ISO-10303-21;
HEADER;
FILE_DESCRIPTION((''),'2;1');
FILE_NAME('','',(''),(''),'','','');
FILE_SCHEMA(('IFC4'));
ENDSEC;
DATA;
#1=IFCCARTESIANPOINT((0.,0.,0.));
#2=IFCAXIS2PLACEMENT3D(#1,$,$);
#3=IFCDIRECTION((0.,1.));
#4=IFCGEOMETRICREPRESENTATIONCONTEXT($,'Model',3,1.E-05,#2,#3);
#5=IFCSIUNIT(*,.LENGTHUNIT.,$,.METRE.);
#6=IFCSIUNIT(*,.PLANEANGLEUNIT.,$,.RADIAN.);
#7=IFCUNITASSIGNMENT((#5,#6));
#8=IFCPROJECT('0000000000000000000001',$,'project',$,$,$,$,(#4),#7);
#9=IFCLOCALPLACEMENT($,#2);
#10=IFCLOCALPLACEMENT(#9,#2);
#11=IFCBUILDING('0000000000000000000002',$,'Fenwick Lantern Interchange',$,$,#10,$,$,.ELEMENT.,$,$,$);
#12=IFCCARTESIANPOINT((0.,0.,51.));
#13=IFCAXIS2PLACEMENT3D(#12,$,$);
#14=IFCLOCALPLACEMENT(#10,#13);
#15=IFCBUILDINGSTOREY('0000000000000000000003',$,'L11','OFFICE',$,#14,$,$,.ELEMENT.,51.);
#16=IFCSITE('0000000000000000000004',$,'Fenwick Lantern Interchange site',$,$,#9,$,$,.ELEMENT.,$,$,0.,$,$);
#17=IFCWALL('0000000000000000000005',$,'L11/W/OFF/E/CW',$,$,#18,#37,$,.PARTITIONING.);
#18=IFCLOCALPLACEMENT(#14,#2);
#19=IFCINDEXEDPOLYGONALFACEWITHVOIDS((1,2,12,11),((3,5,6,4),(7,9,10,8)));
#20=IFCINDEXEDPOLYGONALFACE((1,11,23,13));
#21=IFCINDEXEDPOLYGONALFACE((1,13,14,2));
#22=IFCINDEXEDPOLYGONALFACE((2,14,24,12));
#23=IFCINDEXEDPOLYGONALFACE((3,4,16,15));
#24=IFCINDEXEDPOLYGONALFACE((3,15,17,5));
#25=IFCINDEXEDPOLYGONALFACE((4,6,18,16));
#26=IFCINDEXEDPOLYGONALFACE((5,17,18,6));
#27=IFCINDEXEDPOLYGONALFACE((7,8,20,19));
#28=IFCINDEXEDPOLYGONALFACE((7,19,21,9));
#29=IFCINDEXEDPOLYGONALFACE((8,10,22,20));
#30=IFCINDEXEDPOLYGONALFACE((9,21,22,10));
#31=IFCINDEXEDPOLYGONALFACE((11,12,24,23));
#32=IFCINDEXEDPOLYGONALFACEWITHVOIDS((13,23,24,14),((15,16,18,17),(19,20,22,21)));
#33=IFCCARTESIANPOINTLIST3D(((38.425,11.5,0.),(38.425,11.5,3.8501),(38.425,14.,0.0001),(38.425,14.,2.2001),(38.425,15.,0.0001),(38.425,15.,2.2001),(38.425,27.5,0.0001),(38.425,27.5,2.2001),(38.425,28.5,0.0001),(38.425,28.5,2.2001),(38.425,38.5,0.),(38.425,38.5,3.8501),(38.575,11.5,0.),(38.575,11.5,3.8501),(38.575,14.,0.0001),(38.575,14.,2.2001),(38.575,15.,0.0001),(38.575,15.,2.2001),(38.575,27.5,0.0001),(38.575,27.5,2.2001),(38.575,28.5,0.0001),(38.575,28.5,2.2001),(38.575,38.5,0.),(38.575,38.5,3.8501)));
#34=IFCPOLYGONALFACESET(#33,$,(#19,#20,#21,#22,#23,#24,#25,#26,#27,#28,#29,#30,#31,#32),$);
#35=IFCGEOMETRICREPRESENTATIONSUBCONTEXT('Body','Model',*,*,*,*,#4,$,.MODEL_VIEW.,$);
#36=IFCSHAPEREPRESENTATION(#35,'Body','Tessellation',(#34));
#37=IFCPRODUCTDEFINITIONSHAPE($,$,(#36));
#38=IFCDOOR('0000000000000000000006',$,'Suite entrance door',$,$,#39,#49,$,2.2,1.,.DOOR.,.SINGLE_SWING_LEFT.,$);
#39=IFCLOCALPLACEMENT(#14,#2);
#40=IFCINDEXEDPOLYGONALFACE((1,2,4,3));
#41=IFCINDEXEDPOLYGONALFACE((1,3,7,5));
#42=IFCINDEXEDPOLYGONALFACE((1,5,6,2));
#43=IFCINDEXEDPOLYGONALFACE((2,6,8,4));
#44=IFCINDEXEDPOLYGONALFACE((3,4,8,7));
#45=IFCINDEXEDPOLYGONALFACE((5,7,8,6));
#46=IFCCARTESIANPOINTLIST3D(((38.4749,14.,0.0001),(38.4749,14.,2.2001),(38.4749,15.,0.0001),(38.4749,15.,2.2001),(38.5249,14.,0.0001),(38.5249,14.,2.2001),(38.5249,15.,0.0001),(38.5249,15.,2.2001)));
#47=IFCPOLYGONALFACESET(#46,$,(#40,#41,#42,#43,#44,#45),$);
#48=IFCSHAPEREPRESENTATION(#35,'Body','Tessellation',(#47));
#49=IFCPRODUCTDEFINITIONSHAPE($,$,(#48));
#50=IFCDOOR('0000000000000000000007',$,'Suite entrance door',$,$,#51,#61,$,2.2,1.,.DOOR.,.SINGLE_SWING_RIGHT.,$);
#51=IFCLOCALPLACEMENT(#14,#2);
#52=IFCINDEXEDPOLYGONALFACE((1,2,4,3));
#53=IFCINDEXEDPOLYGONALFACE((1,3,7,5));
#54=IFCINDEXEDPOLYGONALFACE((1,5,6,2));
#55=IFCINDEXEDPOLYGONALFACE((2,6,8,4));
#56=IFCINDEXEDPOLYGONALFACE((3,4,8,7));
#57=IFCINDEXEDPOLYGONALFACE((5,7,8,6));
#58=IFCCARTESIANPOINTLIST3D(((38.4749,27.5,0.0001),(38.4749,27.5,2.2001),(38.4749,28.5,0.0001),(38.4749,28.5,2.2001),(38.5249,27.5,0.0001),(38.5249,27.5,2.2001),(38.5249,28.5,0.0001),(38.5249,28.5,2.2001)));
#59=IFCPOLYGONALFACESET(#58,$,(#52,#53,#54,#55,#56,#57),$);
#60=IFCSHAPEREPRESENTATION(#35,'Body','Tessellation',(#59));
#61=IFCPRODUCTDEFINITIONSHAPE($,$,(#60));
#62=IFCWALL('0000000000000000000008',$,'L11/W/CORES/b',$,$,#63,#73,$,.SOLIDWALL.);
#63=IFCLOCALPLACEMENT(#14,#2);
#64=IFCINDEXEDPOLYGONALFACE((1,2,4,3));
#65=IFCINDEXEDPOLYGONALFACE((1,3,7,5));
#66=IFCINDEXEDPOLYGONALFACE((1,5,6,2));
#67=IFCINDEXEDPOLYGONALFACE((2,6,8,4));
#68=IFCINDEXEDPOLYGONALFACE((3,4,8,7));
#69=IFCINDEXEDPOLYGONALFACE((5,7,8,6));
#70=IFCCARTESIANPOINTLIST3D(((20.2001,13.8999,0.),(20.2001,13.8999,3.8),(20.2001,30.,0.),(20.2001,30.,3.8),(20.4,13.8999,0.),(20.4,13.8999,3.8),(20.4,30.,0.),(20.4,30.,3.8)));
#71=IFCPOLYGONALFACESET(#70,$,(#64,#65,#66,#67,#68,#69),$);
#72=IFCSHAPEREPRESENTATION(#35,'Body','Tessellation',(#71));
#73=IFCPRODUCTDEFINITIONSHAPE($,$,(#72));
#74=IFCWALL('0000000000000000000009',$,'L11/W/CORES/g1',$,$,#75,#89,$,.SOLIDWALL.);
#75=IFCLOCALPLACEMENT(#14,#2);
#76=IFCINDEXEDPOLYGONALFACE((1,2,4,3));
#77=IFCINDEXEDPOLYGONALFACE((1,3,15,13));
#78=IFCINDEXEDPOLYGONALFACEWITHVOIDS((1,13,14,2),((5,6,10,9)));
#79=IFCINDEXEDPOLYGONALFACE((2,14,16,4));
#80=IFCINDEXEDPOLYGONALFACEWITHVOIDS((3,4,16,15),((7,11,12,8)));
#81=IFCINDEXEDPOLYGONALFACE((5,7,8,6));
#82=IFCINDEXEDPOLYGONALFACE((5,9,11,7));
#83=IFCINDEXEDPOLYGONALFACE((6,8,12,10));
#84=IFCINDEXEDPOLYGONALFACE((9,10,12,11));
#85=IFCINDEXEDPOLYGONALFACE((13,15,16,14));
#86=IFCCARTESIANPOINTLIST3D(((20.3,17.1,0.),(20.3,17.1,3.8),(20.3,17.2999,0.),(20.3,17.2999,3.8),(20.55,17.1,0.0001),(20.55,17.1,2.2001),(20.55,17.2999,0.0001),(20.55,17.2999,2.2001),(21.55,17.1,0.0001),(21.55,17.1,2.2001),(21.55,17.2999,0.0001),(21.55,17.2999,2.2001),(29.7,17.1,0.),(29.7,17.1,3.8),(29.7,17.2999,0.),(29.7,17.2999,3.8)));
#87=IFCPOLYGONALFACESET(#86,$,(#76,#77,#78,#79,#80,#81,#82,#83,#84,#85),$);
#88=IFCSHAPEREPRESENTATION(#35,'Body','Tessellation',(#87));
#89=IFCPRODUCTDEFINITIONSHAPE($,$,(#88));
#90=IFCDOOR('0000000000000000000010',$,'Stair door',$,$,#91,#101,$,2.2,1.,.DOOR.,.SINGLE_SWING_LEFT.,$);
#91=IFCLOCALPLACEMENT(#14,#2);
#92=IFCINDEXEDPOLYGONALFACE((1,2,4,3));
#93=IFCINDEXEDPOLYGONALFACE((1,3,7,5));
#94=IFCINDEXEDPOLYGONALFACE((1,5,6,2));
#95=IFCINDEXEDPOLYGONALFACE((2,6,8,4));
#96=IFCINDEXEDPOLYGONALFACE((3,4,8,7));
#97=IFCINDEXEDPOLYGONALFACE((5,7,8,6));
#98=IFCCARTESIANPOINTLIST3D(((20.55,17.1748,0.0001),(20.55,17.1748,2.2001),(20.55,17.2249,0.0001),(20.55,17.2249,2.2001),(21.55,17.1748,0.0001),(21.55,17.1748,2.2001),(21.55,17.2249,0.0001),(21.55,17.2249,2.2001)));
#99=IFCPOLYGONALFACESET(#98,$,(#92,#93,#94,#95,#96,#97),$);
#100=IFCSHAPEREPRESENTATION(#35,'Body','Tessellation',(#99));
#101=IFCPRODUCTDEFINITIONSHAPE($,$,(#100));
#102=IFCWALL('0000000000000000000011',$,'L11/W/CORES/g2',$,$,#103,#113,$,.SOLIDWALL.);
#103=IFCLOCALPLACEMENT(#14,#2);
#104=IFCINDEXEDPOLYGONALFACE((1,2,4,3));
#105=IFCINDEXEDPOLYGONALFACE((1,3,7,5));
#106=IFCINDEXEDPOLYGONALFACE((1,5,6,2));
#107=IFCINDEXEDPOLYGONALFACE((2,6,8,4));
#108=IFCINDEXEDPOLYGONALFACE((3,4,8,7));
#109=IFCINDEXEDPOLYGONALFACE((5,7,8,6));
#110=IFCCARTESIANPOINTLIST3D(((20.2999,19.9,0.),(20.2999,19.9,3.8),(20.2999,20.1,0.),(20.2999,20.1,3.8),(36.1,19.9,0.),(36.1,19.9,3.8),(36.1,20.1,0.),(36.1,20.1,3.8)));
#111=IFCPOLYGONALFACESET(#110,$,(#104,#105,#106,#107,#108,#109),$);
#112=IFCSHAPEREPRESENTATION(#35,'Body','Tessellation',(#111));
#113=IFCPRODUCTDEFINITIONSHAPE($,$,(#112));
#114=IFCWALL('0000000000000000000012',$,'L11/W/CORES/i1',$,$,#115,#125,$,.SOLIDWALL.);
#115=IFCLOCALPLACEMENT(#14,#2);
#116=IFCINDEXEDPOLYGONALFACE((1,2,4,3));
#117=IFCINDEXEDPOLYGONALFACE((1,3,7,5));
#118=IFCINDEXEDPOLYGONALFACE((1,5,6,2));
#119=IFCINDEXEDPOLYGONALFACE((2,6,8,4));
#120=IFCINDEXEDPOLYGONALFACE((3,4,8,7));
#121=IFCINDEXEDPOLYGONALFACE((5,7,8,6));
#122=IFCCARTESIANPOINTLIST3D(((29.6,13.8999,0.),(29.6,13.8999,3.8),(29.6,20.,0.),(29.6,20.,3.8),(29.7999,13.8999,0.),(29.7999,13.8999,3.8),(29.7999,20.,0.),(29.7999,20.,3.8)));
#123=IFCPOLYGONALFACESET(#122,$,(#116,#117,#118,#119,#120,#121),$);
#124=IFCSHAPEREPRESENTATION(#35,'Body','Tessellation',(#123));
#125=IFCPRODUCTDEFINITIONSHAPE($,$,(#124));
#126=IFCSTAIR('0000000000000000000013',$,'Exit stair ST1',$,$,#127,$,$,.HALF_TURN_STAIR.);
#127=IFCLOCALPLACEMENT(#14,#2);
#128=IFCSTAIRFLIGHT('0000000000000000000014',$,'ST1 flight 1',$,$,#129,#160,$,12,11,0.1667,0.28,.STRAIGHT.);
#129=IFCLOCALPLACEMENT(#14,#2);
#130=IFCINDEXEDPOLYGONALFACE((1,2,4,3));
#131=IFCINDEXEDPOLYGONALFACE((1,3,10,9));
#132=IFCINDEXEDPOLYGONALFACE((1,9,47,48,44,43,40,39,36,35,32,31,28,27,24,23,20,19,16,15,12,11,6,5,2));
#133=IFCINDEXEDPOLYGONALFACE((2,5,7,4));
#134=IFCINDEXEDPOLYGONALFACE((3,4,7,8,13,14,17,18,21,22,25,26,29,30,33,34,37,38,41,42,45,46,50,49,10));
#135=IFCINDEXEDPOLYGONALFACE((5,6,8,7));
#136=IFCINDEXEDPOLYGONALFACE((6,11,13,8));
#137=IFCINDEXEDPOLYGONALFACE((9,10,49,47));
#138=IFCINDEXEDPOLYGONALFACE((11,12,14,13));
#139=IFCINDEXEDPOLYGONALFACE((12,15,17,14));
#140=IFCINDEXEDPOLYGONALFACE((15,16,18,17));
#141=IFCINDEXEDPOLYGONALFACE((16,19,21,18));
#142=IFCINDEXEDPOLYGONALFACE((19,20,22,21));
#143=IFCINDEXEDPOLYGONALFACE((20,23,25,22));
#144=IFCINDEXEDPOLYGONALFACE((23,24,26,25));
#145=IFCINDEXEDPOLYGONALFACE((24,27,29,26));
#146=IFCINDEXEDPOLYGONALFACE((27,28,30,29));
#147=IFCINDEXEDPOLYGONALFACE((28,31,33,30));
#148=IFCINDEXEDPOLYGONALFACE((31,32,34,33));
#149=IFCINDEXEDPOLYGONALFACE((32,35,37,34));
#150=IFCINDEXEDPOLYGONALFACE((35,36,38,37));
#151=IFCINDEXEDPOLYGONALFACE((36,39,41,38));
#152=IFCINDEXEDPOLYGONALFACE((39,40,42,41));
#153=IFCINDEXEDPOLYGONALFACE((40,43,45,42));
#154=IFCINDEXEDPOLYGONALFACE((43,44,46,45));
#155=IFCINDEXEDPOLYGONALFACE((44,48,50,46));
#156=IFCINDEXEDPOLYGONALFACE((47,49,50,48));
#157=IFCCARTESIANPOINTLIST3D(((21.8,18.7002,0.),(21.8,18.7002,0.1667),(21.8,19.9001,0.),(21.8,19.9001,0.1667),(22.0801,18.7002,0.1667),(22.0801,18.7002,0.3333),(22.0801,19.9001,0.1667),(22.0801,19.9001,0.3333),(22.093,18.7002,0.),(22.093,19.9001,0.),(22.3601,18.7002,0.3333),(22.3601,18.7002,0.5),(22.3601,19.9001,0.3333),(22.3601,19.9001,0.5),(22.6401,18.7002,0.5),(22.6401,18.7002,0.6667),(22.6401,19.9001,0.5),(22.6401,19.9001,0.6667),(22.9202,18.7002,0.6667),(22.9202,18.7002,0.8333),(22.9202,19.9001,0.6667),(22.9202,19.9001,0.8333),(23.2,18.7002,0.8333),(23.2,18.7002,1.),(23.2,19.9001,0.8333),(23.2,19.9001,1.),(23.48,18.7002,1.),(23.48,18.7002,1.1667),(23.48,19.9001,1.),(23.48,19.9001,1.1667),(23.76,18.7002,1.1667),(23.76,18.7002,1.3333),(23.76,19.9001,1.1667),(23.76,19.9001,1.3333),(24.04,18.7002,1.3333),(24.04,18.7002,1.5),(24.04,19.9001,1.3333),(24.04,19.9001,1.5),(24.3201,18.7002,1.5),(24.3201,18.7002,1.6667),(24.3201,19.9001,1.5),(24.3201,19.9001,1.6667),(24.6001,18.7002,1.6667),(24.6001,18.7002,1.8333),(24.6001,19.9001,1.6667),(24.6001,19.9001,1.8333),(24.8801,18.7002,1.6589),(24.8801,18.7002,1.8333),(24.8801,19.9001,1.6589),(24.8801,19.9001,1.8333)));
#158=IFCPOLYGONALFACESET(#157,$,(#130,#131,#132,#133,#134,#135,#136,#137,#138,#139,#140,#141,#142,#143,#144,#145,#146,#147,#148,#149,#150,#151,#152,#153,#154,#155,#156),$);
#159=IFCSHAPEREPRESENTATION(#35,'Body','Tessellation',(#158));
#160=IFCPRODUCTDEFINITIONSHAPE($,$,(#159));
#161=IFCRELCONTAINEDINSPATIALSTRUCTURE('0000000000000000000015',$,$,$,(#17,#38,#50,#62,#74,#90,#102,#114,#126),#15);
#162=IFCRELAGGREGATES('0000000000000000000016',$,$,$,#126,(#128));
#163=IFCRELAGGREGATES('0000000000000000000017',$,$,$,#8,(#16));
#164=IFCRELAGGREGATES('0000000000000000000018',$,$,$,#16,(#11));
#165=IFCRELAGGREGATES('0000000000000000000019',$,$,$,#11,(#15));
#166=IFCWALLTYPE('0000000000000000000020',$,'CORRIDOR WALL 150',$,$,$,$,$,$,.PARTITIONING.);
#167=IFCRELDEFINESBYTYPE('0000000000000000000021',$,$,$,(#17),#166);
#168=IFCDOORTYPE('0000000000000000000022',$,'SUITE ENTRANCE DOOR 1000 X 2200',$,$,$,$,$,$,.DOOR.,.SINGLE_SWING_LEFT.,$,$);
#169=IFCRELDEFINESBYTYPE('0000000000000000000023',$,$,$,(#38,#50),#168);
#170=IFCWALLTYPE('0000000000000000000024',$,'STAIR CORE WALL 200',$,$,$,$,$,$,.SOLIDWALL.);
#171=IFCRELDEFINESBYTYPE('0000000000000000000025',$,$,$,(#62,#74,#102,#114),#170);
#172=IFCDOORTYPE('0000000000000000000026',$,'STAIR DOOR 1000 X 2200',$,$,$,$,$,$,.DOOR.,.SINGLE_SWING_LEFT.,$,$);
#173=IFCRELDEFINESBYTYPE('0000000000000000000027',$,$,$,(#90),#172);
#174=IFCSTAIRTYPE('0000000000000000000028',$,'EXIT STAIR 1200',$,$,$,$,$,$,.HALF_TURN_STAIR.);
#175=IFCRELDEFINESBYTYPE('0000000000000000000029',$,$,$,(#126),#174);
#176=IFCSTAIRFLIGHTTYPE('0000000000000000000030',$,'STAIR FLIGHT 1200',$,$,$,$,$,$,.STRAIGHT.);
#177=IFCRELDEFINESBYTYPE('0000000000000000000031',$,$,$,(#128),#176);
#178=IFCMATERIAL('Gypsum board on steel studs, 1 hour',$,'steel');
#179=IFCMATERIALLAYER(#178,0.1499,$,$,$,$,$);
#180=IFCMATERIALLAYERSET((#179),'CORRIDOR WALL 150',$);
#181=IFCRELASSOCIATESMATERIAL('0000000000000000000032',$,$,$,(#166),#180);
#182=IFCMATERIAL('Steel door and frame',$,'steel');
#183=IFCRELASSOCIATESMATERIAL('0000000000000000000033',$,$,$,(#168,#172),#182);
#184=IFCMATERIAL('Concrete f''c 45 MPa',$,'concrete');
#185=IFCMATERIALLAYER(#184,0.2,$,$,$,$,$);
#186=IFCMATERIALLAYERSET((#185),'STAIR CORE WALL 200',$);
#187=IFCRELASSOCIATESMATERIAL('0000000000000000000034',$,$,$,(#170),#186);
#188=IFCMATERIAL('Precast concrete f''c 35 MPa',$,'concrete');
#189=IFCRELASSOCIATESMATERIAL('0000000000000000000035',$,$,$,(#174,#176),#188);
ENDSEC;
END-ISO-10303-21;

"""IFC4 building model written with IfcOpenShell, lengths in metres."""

from ifc_helpers import new_model, si_unit, direction, frame, frame_2d, origin, place, context, subcontext, project, spatial, polyline, rectangle, outline, extrude, material, layer, layer_set, type_object, element, fill, aggregate, save


model = new_model("IFC4")

# Units and contexts
model_context = context("Model", 3, precision=1e-05, world=origin(), true_north=direction((0.0, 1.0)))
body_context = subcontext(model_context, "Body", "Model", "MODEL_VIEW")
ifc_project = project(units=[si_unit("LENGTHUNIT", "METRE"), si_unit("PLANEANGLEUNIT", "RADIAN")], contexts=[model_context])

# Site, building, storey
site_placement = place(None, origin())
site = spatial("IfcSite", under=ifc_project, at=site_placement, Name="Fenwick Lantern Interchange site", CompositionType="ELEMENT", RefElevation=0.0)
building_placement = place(site_placement, origin())
building = spatial("IfcBuilding", under=site, at=building_placement, Name="Fenwick Lantern Interchange", CompositionType="ELEMENT")
storey_placement = place(building_placement, frame((0.0, 0.0, 51.0)))
storey = spatial("IfcBuildingStorey", under=building, at=storey_placement, Name="L11", Description="OFFICE", CompositionType="ELEMENT", Elevation=51.0)

# Shared definitions
ifc_material_1 = material(Name="Steel door and frame", Category="steel")

# Wall, openings, doors
ifc_material_2 = material(Name="Gypsum board on steel studs, 1 hour", Category="steel")
ifc_layer_1 = layer(ifc_material_2, 0.1499)
ifc_layer_set_1 = layer_set([ifc_layer_1], Name="CORRIDOR WALL 150")
wall_type_1 = type_object("IfcWallType", Name="CORRIDOR WALL 150", PredefinedType="PARTITIONING", material=ifc_layer_set_1)
wall_1_placement = place(storey_placement, frame((38.5, 11.5, 0.0), z_axis=(0.0, 0.0, 1.0), x_axis=(0.0, 1.0, 0.0)))
wall_1 = element("IfcWall", 1, at=wall_1_placement, inside=storey, type_object=wall_type_1, Name="L11/W/OFF/E/CW", PredefinedType="PARTITIONING", context=body_context, shape_type="SweptSolid", body=[
    extrude(rectangle(XDim=27.0, YDim=0.1499, at=frame_2d((13.5, 0.0))), origin(), (0.0, 0.0, 1.0), 3.8501),
])
opening_1_placement = place(wall_1_placement, frame((2.5, 0.0, 0.0)))
opening_1 = element("IfcOpeningElement", 2, at=opening_1_placement, cuts=wall_1, PredefinedType="OPENING", context=body_context, shape_type="SweptSolid", body=[
    extrude(rectangle(XDim=1.0, YDim=2.2, at=frame_2d((0.5, 1.1001))), frame((0.0, 0.085, 0.0), z_axis=(0.0, -1.0, 0.0), x_axis=(1.0, 0.0, 0.0)), (0.0, 0.0, 1.0), 0.1699),
])
opening_2_placement = place(wall_1_placement, frame((16.0, 0.0, 0.0)))
opening_2 = element("IfcOpeningElement", 3, at=opening_2_placement, cuts=wall_1, PredefinedType="OPENING", context=body_context, shape_type="SweptSolid", body=[
    extrude(rectangle(XDim=1.0, YDim=2.2, at=frame_2d((0.5, 1.1001))), frame((0.0, 0.085, 0.0), z_axis=(0.0, -1.0, 0.0), x_axis=(1.0, 0.0, 0.0)), (0.0, 0.0, 1.0), 0.1699),
])
door_type_1 = type_object("IfcDoorType", Name="SUITE ENTRANCE DOOR 1000 X 2200", OperationType="SINGLE_SWING_LEFT", PredefinedType="DOOR", material=ifc_material_1)
door_1_placement = place(opening_1_placement, frame((1.0, 0.0, 0.0), z_axis=(0.0, 0.0, 1.0), x_axis=(-1.0, 0.0, 0.0)))
door_1 = element("IfcDoor", 4, at=door_1_placement, inside=storey, type_object=door_type_1, Name="Suite entrance door", OperationType="SINGLE_SWING_LEFT", OverallHeight=2.2, OverallWidth=1.0, PredefinedType="DOOR", context=body_context, shape_type="SweptSolid", body=[
    extrude(rectangle(XDim=1.0, YDim=2.2, at=frame_2d((0.5, 1.1001))), frame((0.0, 0.0249, 0.0), z_axis=(0.0, -1.0, 0.0), x_axis=(1.0, 0.0, 0.0)), (0.0, 0.0, 1.0), 0.05),
])
fill(opening_1, door_1)
door_2_placement = place(opening_2_placement, frame((1.0, 0.0, 0.0), z_axis=(0.0, 0.0, 1.0), x_axis=(-1.0, 0.0, 0.0)))
door_2 = element("IfcDoor", 5, at=door_2_placement, inside=storey, type_object=door_type_1, Name="Suite entrance door", OperationType="SINGLE_SWING_RIGHT", OverallHeight=2.2, OverallWidth=1.0, PredefinedType="DOOR", context=body_context, shape_type="SweptSolid", body=[
    extrude(rectangle(XDim=1.0, YDim=2.2, at=frame_2d((0.5, 1.1001))), frame((0.0, 0.0249, 0.0), z_axis=(0.0, -1.0, 0.0), x_axis=(1.0, 0.0, 0.0)), (0.0, 0.0, 1.0), 0.05),
])
fill(opening_2, door_2)

# Wall
ifc_material_3 = material(Name="Concrete f'c 45 MPa", Category="concrete")
ifc_layer_2 = layer(ifc_material_3, 0.2)
ifc_layer_set_2 = layer_set([ifc_layer_2], Name="STAIR CORE WALL 200")
wall_type_2 = type_object("IfcWallType", Name="STAIR CORE WALL 200", PredefinedType="SOLIDWALL", material=ifc_layer_set_2)
wall_2_placement = place(storey_placement, frame((20.3, 13.8999, 0.0), z_axis=(0.0, 0.0, 1.0), x_axis=(0.0, 1.0, 0.0)))
element("IfcWall", 6, at=wall_2_placement, inside=storey, type_object=wall_type_2, Name="L11/W/CORES/b", PredefinedType="SOLIDWALL", context=body_context, shape_type="SweptSolid", body=[
    extrude(rectangle(XDim=16.1001, YDim=0.2, at=frame_2d((8.05, 0.0))), origin(), (0.0, 0.0, 1.0), 3.8),
])

# Wall, opening, door
wall_3_placement = place(storey_placement, frame((20.3, 17.2, 0.0), z_axis=(0.0, 0.0, 1.0), x_axis=(1.0, 0.0, 0.0)))
wall_3 = element("IfcWall", 7, at=wall_3_placement, inside=storey, type_object=wall_type_2, Name="L11/W/CORES/g1", PredefinedType="SOLIDWALL", context=body_context, shape_type="SweptSolid", body=[
    extrude(rectangle(XDim=9.3999, YDim=0.2, at=frame_2d((4.7, 0.0))), origin(), (0.0, 0.0, 1.0), 3.8),
])
opening_3_placement = place(wall_3_placement, frame((0.25, 0.0, 0.0)))
opening_3 = element("IfcOpeningElement", 8, at=opening_3_placement, cuts=wall_3, PredefinedType="OPENING", context=body_context, shape_type="SweptSolid", body=[
    extrude(rectangle(XDim=1.0, YDim=2.2, at=frame_2d((0.5, 1.1001))), frame((0.0, 0.1099, 0.0), z_axis=(0.0, -1.0, 0.0), x_axis=(1.0, 0.0, 0.0)), (0.0, 0.0, 1.0), 0.22),
])
door_type_2 = type_object("IfcDoorType", Name="STAIR DOOR 1000 X 2200", OperationType="SINGLE_SWING_LEFT", PredefinedType="DOOR", material=ifc_material_1)
door_3_placement = place(opening_3_placement, origin())
door_3 = element("IfcDoor", 9, at=door_3_placement, inside=storey, type_object=door_type_2, Name="Stair door", OperationType="SINGLE_SWING_LEFT", OverallHeight=2.2, OverallWidth=1.0, PredefinedType="DOOR", context=body_context, shape_type="SweptSolid", body=[
    extrude(rectangle(XDim=1.0, YDim=2.2, at=frame_2d((0.5, 1.1001))), frame((0.0, 0.0249, 0.0), z_axis=(0.0, -1.0, 0.0), x_axis=(1.0, 0.0, 0.0)), (0.0, 0.0, 1.0), 0.05),
])
fill(opening_3, door_3)

# Walls
wall_4_placement = place(storey_placement, frame((20.3, 20.0, 0.0), z_axis=(0.0, 0.0, 1.0), x_axis=(1.0, 0.0, 0.0)))
element("IfcWall", 10, at=wall_4_placement, inside=storey, type_object=wall_type_2, Name="L11/W/CORES/g2", PredefinedType="SOLIDWALL", context=body_context, shape_type="SweptSolid", body=[
    extrude(rectangle(XDim=15.8, YDim=0.2, at=frame_2d((7.8999, 0.0))), origin(), (0.0, 0.0, 1.0), 3.8),
])
wall_5_placement = place(storey_placement, frame((29.7, 13.8999, 0.0), z_axis=(0.0, 0.0, 1.0), x_axis=(0.0, 1.0, 0.0)))
element("IfcWall", 11, at=wall_5_placement, inside=storey, type_object=wall_type_2, Name="L11/W/CORES/i1", PredefinedType="SOLIDWALL", context=body_context, shape_type="SweptSolid", body=[
    extrude(rectangle(XDim=6.1001, YDim=0.2, at=frame_2d((3.05, 0.0))), origin(), (0.0, 0.0, 1.0), 3.8),
])

# Stair, stair flight
ifc_material_4 = material(Name="Precast concrete f'c 35 MPa", Category="concrete")
stair_type = type_object("IfcStairType", Name="EXIT STAIR 1200", PredefinedType="HALF_TURN_STAIR", material=ifc_material_4)
stair_placement = place(storey_placement, origin())
stair = element("IfcStair", 12, at=stair_placement, inside=storey, type_object=stair_type, Name="Exit stair ST1", PredefinedType="HALF_TURN_STAIR")
stair_flight_type = type_object("IfcStairFlightType", Name="STAIR FLIGHT 1200", PredefinedType="STRAIGHT", material=ifc_material_4)
stair_flight_1_placement = place(storey_placement, frame((21.8, 19.3, 0.0), z_axis=(0.0, 0.0, 1.0), x_axis=(1.0, 0.0, 0.0)))
stair_flight_1 = element("IfcStairFlight", 13, at=stair_flight_1_placement, type_object=stair_flight_type, Name="ST1 flight 1", NumberOfRisers=12, NumberOfTreads=11, PredefinedType="STRAIGHT", RiserHeight=0.1667, TreadLength=0.28, context=body_context, shape_type="SweptSolid", body=[
    extrude(outline(polyline([(0.0, 0.0), (0.0, 0.1667), (0.28, 0.1667), (0.28, 0.3333), (0.5601, 0.3333), (0.5601, 0.5), (0.8401, 0.5), (0.8401, 0.6667), (1.1201, 0.6667), (1.1201, 0.8333), (1.3999, 0.8333), (1.3999, 1.0), (1.6799, 1.0), (1.6799, 1.1667), (1.96, 1.1667), (1.96, 1.3333), (2.24, 1.3333), (2.24, 1.5), (2.52, 1.5), (2.52, 1.6667), (2.8, 1.6667), (2.8, 1.8333), (3.0801, 1.8333), (3.0801, 2.0), (3.0801, 1.6589), (0.293, 0.0), (0.0, 0.0)])), frame((0.0, 0.6001, 0.0), z_axis=(0.0, -1.0, 0.0), x_axis=(1.0, 0.0, 0.0)), (0.0, 0.0, 1.0), 1.2),
])
aggregate(stair, [stair_flight_1])

save(model, "model.ifc")
